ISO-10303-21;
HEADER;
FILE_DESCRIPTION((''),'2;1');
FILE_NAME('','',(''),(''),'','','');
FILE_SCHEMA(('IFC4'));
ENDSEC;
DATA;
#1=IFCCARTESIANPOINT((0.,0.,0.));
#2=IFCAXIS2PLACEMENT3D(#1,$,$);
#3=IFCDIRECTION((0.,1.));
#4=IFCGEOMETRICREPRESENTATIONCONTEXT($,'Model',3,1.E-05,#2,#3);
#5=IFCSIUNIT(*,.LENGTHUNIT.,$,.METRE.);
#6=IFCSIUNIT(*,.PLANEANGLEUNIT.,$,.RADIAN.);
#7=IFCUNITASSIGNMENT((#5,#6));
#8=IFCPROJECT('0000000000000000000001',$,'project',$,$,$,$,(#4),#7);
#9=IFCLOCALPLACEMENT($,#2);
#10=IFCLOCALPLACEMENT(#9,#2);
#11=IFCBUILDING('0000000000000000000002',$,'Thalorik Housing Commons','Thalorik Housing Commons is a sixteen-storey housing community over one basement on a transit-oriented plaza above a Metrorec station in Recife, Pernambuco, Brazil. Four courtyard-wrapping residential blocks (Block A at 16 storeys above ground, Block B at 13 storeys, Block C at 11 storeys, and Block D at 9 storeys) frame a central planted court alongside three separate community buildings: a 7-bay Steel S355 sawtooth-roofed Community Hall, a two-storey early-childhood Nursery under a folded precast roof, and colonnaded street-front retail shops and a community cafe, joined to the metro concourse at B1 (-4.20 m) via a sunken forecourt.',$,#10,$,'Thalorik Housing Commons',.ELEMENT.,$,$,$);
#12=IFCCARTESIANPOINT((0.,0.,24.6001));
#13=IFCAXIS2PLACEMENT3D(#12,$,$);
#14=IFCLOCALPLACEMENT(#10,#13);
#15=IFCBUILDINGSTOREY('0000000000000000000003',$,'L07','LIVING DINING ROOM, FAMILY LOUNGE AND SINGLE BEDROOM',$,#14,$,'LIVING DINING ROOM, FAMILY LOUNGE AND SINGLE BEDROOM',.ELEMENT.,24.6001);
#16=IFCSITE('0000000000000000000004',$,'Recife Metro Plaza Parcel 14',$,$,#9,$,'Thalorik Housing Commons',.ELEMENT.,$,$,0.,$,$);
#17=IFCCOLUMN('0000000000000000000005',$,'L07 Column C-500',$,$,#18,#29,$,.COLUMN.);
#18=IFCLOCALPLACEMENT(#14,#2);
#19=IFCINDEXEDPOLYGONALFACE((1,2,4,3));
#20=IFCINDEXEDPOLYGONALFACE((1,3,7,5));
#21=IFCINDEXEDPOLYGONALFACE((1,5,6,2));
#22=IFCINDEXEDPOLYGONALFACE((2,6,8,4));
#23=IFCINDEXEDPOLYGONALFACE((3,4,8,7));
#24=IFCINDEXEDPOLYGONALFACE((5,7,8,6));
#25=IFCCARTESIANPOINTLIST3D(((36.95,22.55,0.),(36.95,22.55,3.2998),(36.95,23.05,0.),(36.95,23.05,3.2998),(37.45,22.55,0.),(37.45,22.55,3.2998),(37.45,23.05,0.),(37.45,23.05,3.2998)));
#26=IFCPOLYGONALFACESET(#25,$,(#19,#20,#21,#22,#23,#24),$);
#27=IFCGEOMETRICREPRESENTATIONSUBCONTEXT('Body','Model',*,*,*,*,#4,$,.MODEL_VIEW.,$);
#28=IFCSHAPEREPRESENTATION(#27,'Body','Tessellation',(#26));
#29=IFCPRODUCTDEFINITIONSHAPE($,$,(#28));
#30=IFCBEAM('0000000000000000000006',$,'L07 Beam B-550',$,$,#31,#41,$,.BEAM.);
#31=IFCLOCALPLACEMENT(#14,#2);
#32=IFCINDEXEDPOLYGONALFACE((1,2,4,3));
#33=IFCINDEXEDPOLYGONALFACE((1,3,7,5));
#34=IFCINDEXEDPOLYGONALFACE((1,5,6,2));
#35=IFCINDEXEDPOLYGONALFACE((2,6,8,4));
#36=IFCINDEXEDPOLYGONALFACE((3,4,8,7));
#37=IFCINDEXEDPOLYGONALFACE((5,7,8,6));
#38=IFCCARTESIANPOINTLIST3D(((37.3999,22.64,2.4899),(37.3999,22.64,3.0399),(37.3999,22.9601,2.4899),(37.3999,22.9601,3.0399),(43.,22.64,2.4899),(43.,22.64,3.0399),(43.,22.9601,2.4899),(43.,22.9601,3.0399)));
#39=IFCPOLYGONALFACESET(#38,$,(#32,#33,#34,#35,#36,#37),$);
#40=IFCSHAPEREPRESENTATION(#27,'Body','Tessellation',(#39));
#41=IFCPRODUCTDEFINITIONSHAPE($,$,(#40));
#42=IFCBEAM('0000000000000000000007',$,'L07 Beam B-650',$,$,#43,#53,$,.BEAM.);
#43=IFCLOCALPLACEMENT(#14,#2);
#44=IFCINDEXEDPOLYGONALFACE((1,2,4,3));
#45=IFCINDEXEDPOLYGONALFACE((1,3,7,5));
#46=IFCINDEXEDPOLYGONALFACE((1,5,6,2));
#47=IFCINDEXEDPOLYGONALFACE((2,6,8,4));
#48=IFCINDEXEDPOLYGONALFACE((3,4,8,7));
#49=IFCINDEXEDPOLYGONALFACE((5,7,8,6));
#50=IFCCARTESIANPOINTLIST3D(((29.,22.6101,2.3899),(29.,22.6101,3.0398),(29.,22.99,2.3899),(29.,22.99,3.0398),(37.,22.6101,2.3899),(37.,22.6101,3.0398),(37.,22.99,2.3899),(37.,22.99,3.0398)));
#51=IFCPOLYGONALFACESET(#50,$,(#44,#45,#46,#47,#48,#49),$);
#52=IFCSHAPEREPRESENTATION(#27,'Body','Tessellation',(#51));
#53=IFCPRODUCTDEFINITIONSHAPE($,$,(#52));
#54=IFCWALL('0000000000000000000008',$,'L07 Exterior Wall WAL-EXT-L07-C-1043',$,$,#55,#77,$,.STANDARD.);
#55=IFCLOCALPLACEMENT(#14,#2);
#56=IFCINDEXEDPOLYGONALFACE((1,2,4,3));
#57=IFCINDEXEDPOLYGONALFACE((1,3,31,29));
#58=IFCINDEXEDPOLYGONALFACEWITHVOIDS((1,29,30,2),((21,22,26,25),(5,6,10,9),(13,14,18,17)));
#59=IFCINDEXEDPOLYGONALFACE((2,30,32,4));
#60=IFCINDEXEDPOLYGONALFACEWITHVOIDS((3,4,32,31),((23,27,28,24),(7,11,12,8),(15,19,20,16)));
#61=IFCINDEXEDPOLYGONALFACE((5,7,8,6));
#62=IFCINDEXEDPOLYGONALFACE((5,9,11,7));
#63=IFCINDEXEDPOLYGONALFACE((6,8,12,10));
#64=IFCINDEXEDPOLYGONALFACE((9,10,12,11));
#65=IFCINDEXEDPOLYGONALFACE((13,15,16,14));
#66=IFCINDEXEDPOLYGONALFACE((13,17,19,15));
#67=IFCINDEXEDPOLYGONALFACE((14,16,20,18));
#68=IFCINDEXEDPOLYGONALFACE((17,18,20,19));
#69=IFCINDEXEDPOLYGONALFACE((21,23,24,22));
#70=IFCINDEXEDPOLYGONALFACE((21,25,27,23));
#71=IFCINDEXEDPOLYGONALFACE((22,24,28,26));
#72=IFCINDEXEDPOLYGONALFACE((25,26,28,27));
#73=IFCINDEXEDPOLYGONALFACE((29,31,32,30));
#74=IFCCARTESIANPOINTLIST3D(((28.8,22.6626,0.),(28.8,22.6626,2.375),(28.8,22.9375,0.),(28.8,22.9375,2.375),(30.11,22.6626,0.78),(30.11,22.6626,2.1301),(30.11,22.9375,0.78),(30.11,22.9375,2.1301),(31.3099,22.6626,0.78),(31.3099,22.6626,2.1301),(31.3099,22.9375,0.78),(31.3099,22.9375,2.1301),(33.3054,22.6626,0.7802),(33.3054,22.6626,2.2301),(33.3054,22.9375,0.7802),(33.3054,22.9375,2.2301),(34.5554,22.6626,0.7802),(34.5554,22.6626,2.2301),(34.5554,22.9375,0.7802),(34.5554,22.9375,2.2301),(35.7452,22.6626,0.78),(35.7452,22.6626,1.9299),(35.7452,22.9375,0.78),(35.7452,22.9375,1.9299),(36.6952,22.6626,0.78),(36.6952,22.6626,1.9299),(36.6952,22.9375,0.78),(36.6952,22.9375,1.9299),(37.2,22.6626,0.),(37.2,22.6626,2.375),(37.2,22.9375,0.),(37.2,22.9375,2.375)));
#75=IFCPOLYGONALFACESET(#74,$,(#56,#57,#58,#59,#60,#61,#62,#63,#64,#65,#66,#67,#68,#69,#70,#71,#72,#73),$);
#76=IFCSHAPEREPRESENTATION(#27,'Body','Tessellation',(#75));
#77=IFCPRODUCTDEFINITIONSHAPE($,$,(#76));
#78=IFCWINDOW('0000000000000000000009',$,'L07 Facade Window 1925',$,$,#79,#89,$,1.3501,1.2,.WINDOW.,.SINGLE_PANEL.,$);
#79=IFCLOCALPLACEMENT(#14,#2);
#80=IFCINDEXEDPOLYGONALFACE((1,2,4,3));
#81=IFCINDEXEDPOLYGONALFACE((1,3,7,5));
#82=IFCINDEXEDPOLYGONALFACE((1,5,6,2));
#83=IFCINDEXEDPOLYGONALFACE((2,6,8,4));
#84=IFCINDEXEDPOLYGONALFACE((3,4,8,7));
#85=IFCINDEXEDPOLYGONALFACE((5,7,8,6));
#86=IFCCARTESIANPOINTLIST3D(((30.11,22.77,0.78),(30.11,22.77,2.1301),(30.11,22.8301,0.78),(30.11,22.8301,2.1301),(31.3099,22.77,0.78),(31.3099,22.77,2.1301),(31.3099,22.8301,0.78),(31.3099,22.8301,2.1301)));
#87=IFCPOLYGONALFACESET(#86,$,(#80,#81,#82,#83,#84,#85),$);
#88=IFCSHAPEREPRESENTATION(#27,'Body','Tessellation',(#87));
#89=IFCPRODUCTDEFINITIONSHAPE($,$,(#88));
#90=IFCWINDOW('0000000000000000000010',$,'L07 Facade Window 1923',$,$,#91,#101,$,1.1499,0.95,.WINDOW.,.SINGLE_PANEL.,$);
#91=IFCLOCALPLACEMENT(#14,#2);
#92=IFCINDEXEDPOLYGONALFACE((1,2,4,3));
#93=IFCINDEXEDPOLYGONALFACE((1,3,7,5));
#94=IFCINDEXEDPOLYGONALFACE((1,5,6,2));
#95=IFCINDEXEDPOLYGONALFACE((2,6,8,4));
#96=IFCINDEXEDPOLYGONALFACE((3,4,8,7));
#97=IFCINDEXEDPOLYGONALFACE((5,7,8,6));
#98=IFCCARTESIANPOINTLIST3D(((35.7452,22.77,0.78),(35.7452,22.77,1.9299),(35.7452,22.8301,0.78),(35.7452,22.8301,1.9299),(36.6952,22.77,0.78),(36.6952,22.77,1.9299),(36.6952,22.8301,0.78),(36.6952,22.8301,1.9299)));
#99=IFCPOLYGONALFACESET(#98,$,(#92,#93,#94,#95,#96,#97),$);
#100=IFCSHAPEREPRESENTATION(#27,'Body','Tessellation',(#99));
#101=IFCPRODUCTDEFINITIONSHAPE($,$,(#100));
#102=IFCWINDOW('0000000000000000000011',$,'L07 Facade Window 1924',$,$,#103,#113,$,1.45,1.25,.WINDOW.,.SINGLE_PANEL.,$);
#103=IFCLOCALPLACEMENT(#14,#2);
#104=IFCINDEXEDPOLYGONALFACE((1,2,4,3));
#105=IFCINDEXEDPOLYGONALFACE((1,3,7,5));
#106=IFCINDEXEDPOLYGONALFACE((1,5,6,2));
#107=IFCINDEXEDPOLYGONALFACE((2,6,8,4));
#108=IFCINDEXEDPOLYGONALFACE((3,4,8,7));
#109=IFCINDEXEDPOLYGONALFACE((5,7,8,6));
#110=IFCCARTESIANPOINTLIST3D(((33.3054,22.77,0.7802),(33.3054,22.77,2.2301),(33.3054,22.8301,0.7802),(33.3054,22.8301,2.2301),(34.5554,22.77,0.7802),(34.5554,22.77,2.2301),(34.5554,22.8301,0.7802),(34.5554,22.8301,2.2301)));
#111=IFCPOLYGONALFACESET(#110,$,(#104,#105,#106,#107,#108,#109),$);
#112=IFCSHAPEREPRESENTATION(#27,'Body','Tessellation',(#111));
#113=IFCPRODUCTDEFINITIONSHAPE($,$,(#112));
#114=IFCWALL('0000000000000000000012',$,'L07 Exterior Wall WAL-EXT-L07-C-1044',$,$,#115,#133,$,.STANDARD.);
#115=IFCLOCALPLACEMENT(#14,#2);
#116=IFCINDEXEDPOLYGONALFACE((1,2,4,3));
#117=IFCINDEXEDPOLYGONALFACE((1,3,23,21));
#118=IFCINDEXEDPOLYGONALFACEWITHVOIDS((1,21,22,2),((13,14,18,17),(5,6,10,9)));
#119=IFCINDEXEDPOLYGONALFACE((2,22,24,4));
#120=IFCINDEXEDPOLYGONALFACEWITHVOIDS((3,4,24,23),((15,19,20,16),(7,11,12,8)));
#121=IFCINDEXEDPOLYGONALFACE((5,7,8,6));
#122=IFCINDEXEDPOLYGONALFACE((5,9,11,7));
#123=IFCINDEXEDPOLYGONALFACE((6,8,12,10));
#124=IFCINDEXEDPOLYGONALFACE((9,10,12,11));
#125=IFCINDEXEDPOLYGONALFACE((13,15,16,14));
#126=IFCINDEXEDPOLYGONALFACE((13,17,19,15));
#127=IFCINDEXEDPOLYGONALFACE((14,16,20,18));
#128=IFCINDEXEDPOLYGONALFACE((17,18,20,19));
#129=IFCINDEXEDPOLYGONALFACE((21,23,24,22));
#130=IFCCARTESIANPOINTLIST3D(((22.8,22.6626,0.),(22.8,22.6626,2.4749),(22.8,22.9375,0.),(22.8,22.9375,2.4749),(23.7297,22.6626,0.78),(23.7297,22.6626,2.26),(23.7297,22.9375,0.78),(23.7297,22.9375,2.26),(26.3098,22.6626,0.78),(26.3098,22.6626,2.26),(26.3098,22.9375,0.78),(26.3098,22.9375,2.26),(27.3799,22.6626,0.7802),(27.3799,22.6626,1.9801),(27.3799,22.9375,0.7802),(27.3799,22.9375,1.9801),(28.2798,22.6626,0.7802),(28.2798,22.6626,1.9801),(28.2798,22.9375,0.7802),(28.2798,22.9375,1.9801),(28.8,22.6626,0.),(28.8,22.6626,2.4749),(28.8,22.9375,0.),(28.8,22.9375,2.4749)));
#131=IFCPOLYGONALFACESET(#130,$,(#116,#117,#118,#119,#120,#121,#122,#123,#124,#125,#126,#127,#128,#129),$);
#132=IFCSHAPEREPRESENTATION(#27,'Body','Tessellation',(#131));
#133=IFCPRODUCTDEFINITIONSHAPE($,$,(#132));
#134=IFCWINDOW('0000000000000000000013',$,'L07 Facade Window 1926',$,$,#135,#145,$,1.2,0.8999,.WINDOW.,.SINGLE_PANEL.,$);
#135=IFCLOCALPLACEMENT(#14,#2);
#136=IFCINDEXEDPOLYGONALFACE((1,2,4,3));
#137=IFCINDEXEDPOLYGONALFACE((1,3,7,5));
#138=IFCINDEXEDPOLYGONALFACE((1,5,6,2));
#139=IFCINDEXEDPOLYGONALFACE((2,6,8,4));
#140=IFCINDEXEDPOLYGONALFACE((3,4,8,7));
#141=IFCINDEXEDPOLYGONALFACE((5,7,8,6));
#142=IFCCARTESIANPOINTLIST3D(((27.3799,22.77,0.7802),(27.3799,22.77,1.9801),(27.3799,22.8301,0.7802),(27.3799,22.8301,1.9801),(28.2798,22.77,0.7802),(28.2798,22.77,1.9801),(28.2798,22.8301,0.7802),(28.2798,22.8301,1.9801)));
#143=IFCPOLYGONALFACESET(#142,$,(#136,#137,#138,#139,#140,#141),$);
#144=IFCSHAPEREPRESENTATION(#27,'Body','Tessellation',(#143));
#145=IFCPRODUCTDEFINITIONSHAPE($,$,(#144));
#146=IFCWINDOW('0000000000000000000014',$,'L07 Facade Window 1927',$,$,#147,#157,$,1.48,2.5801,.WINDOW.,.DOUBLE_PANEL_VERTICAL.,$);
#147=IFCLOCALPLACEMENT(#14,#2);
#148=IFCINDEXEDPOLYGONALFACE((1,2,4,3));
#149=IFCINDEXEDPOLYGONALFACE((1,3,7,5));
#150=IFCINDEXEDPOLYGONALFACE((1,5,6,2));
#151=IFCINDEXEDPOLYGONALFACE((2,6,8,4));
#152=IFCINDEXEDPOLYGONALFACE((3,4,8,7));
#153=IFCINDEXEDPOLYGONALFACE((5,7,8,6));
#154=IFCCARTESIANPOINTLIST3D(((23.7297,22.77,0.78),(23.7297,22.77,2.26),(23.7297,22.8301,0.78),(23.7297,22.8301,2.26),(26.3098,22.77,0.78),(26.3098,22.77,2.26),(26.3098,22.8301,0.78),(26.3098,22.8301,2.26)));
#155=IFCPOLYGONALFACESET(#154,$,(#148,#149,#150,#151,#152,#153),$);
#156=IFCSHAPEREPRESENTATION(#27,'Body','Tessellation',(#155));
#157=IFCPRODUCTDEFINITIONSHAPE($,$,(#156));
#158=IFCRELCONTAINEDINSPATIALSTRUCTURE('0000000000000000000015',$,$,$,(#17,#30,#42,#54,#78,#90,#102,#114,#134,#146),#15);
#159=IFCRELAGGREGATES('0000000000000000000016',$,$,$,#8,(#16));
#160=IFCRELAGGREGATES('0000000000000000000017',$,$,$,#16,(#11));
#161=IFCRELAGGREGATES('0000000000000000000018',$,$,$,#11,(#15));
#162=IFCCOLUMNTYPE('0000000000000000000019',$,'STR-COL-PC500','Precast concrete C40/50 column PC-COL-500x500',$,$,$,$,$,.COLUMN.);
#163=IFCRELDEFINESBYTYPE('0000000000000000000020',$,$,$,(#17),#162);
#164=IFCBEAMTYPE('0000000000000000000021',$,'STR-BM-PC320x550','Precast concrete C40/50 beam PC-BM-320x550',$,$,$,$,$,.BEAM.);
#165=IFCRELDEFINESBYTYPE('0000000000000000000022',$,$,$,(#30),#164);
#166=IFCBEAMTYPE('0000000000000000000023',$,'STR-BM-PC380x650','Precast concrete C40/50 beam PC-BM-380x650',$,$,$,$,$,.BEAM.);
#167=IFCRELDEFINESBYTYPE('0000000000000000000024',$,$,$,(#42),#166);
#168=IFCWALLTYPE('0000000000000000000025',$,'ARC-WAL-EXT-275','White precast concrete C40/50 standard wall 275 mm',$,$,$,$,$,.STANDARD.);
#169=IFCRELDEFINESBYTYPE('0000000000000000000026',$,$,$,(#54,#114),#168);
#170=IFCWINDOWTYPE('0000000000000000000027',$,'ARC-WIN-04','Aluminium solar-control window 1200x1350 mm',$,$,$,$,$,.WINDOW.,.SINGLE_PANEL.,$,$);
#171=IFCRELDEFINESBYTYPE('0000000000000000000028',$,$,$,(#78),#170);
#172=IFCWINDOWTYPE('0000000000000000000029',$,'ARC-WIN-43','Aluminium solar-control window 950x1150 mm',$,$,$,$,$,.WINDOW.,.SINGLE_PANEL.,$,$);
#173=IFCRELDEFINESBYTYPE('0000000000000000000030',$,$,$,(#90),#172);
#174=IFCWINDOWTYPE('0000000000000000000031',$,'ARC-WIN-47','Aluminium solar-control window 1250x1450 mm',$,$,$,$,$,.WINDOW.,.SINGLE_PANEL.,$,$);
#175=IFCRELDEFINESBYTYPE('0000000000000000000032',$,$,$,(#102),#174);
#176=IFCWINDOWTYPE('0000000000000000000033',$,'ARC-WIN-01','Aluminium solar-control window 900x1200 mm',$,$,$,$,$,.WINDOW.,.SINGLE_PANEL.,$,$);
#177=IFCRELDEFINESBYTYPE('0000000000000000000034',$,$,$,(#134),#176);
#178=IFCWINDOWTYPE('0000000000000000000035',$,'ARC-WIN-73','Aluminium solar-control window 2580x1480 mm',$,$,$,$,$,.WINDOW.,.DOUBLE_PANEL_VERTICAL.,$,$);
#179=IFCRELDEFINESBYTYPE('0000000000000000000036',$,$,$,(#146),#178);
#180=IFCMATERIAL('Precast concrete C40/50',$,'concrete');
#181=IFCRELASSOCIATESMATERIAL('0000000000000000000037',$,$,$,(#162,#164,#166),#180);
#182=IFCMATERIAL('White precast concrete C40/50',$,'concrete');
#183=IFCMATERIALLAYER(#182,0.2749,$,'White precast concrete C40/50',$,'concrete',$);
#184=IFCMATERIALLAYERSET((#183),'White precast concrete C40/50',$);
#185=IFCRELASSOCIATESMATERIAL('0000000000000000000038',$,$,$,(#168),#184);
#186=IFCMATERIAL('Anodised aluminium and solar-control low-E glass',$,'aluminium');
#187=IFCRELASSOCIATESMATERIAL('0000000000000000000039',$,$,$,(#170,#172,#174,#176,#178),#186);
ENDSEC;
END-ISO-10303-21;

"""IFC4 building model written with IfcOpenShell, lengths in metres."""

from ifc_helpers import new_model, si_unit, direction, frame, frame_2d, origin, origin_2d, place, context, subcontext, project, spatial, rectangle, extrude, material, layer, layer_set, material_profile, profile_set, type_object, element, fill, save


model = new_model("IFC4")

# Units and contexts
model_context = context("Model", 3, precision=1e-05, world=origin(), true_north=direction((0.0, 1.0)))
body_context = subcontext(model_context, "Body", "Model", "MODEL_VIEW")
ifc_project = project(units=[si_unit("LENGTHUNIT", "METRE"), si_unit("PLANEANGLEUNIT", "RADIAN")], contexts=[model_context])

# Site, building, storey
site_placement = place(None, origin())
site = spatial("IfcSite", under=ifc_project, at=site_placement, Name="Recife Metro Plaza Parcel 14", LongName="Thalorik Housing Commons", CompositionType="ELEMENT", RefElevation=0.0)
building_placement = place(site_placement, origin())
building = spatial("IfcBuilding", under=site, at=building_placement, Name="Thalorik Housing Commons", Description="Thalorik Housing Commons is a sixteen-storey housing community over one basement on a transit-oriented plaza above a Metrorec station in Recife, Pernambuco, Brazil. Four courtyard-wrapping residential blocks (Block A at 16 storeys above ground, Block B at 13 storeys, Block C at 11 storeys, and Block D at 9 storeys) frame a central planted court alongside three separate community buildings: a 7-bay Steel S355 sawtooth-roofed Community Hall, a two-storey early-childhood Nursery under a folded precast roof, and colonnaded street-front retail shops and a community cafe, joined to the metro concourse at B1 (-4.20 m) via a sunken forecourt.", LongName="Thalorik Housing Commons", CompositionType="ELEMENT")
storey_placement = place(building_placement, frame((0.0, 0.0, 24.6001)))
storey = spatial("IfcBuildingStorey", under=building, at=storey_placement, Name="L07", Description="LIVING DINING ROOM, FAMILY LOUNGE AND SINGLE BEDROOM", LongName="LIVING DINING ROOM, FAMILY LOUNGE AND SINGLE BEDROOM", CompositionType="ELEMENT", Elevation=24.6001)

# Column
ifc_material_1 = material(Name="Precast concrete C40/50", Category="concrete")
ifc_material_profile_1 = material_profile(ifc_material_1, rectangle(XDim=0.5, YDim=0.5, at=origin_2d()), Name="PC 500x500", Category="concrete")
ifc_profile_set_1 = profile_set([ifc_material_profile_1], Name="Precast concrete C40/50")
column_type = type_object("IfcColumnType", Name="STR-COL-PC500", Description="Precast concrete C40/50 column PC-COL-500x500", PredefinedType="COLUMN", material=ifc_profile_set_1)
column_placement = place(storey_placement, frame((37.2, 22.8, 0.0), z_axis=(0.0, 0.0, 1.0), x_axis=(1.0, 0.0, 0.0)))
element("IfcColumn", 1, at=column_placement, inside=storey, type_object=column_type, Name="L07 Column C-500", PredefinedType="COLUMN", context=body_context, shape_type="SweptSolid", body=[
    extrude(rectangle(XDim=0.5, YDim=0.5, at=origin_2d()), origin(), (0.0, 0.0, 1.0), 3.2998),
])

# Beams
ifc_material_profile_2 = material_profile(ifc_material_1, rectangle(XDim=0.3201, YDim=0.55, at=origin_2d()), Name="PC 320x550", Category="concrete")
ifc_profile_set_2 = profile_set([ifc_material_profile_2], Name="Precast concrete C40/50")
beam_type_1 = type_object("IfcBeamType", Name="STR-BM-PC320x550", Description="Precast concrete C40/50 beam PC-BM-320x550", PredefinedType="BEAM", material=ifc_profile_set_2)
beam_1_placement = place(storey_placement, frame((37.3999, 22.8, 2.7649), z_axis=(1.0, 0.0, 0.0), x_axis=(0.0, 1.0, 0.0)))
element("IfcBeam", 2, at=beam_1_placement, inside=storey, type_object=beam_type_1, Name="L07 Beam B-550", PredefinedType="BEAM", context=body_context, shape_type="SweptSolid", body=[
    extrude(rectangle(XDim=0.3201, YDim=0.55, at=origin_2d()), origin(), (0.0, 0.0, 1.0), 5.6001),
])
ifc_material_profile_3 = material_profile(ifc_material_1, rectangle(XDim=0.3799, YDim=0.6499, at=origin_2d()), Name="PC 380x650", Category="concrete")
ifc_profile_set_3 = profile_set([ifc_material_profile_3], Name="Precast concrete C40/50")
beam_type_2 = type_object("IfcBeamType", Name="STR-BM-PC380x650", Description="Precast concrete C40/50 beam PC-BM-380x650", PredefinedType="BEAM", material=ifc_profile_set_3)
beam_2_placement = place(storey_placement, frame((29.0, 22.8, 2.7148), z_axis=(1.0, 0.0, 0.0), x_axis=(0.0, 1.0, 0.0)))
element("IfcBeam", 3, at=beam_2_placement, inside=storey, type_object=beam_type_2, Name="L07 Beam B-650", PredefinedType="BEAM", context=body_context, shape_type="SweptSolid", body=[
    extrude(rectangle(XDim=0.3799, YDim=0.6499, at=origin_2d()), origin(), (0.0, 0.0, 1.0), 8.0),
])

# Walls, openings, windows
ifc_material_2 = material(Name="White precast concrete C40/50", Category="concrete")
ifc_layer_1 = layer(ifc_material_2, 0.2749, Name="White precast concrete C40/50", Category="concrete")
ifc_layer_set_1 = layer_set([ifc_layer_1], Name="White precast concrete C40/50")
wall_type = type_object("IfcWallType", Name="ARC-WAL-EXT-275", Description="White precast concrete C40/50 standard wall 275 mm", PredefinedType="STANDARD", material=ifc_layer_set_1)
wall_1_placement = place(storey_placement, frame((37.2, 22.8, 0.0), z_axis=(0.0, 0.0, 1.0), x_axis=(-1.0, 0.0, 0.0)))
wall_1 = element("IfcWall", 4, at=wall_1_placement, inside=storey, type_object=wall_type, Name="L07 Exterior Wall WAL-EXT-L07-C-1043", PredefinedType="STANDARD", context=body_context, shape_type="SweptSolid", body=[
    extrude(rectangle(XDim=8.3999, YDim=0.2749, at=frame_2d((4.2, 0.0))), origin(), (0.0, 0.0, 1.0), 2.375),
])
opening_1_placement = place(wall_1_placement, frame((0.5046, 0.0, 0.78)))
opening_1 = element("IfcOpeningElement", 5, at=opening_1_placement, cuts=wall_1, PredefinedType="OPENING", context=body_context, shape_type="SweptSolid", body=[
    extrude(rectangle(XDim=0.95, YDim=1.1499, at=frame_2d((0.4751, 0.575))), frame((0.0, 0.1475, 0.0), z_axis=(0.0, -1.0, 0.0), x_axis=(1.0, 0.0, 0.0)), (0.0, 0.0, 1.0), 0.2949),
])
opening_2_placement = place(wall_1_placement, frame((2.6445, 0.0, 0.78)))
opening_2 = element("IfcOpeningElement", 6, at=opening_2_placement, cuts=wall_1, PredefinedType="OPENING", context=body_context, shape_type="SweptSolid", body=[
    extrude(rectangle(XDim=1.25, YDim=1.45, at=frame_2d((0.625, 0.7251))), frame((0.0, 0.1475, 0.0), z_axis=(0.0, -1.0, 0.0), x_axis=(1.0, 0.0, 0.0)), (0.0, 0.0, 1.0), 0.2949),
])
opening_3_placement = place(wall_1_placement, frame((5.8899, 0.0, 0.78)))
opening_3 = element("IfcOpeningElement", 7, at=opening_3_placement, cuts=wall_1, PredefinedType="OPENING", context=body_context, shape_type="SweptSolid", body=[
    extrude(rectangle(XDim=1.2, YDim=1.3501, at=frame_2d((0.6001, 0.675))), frame((0.0, 0.1475, 0.0), z_axis=(0.0, -1.0, 0.0), x_axis=(1.0, 0.0, 0.0)), (0.0, 0.0, 1.0), 0.2949),
])
ifc_material_3 = material(Name="Anodised aluminium and solar-control low-E glass", Category="aluminium")
window_type_1 = type_object("IfcWindowType", Name="ARC-WIN-04", Description="Aluminium solar-control window 1200x1350 mm", PartitioningType="SINGLE_PANEL", PredefinedType="WINDOW", material=ifc_material_3)
window_1_placement = place(opening_3_placement, origin())
window_1 = element("IfcWindow", 8, at=window_1_placement, inside=storey, type_object=window_type_1, Name="L07 Facade Window 1925", OverallHeight=1.3501, OverallWidth=1.2, PartitioningType="SINGLE_PANEL", PredefinedType="WINDOW", context=body_context, shape_type="SweptSolid", body=[
    extrude(rectangle(XDim=1.2, YDim=1.3501, at=frame_2d((0.6001, 0.675))), frame((0.0, 0.03, 0.0), z_axis=(0.0, -1.0, 0.0), x_axis=(1.0, 0.0, 0.0)), (0.0, 0.0, 1.0), 0.0601),
])
fill(opening_3, window_1)
window_type_2 = type_object("IfcWindowType", Name="ARC-WIN-43", Description="Aluminium solar-control window 950x1150 mm", PartitioningType="SINGLE_PANEL", PredefinedType="WINDOW", material=ifc_material_3)
window_2_placement = place(opening_1_placement, origin())
window_2 = element("IfcWindow", 9, at=window_2_placement, inside=storey, type_object=window_type_2, Name="L07 Facade Window 1923", OverallHeight=1.1499, OverallWidth=0.95, PartitioningType="SINGLE_PANEL", PredefinedType="WINDOW", context=body_context, shape_type="SweptSolid", body=[
    extrude(rectangle(XDim=0.95, YDim=1.1499, at=frame_2d((0.4751, 0.575))), frame((0.0, 0.03, 0.0), z_axis=(0.0, -1.0, 0.0), x_axis=(1.0, 0.0, 0.0)), (0.0, 0.0, 1.0), 0.0601),
])
fill(opening_1, window_2)
window_type_3 = type_object("IfcWindowType", Name="ARC-WIN-47", Description="Aluminium solar-control window 1250x1450 mm", PartitioningType="SINGLE_PANEL", PredefinedType="WINDOW", material=ifc_material_3)
window_3_placement = place(opening_2_placement, origin())
window_3 = element("IfcWindow", 10, at=window_3_placement, inside=storey, type_object=window_type_3, Name="L07 Facade Window 1924", OverallHeight=1.45, OverallWidth=1.25, PartitioningType="SINGLE_PANEL", PredefinedType="WINDOW", context=body_context, shape_type="SweptSolid", body=[
    extrude(rectangle(XDim=1.25, YDim=1.45, at=frame_2d((0.625, 0.7251))), frame((0.0, 0.03, 0.0), z_axis=(0.0, -1.0, 0.0), x_axis=(1.0, 0.0, 0.0)), (0.0, 0.0, 1.0), 0.0601),
])
fill(opening_2, window_3)
wall_2_placement = place(storey_placement, frame((28.8, 22.8, 0.0), z_axis=(0.0, 0.0, 1.0), x_axis=(-1.0, 0.0, 0.0)))
wall_2 = element("IfcWall", 11, at=wall_2_placement, inside=storey, type_object=wall_type, Name="L07 Exterior Wall WAL-EXT-L07-C-1044", PredefinedType="STANDARD", context=body_context, shape_type="SweptSolid", body=[
    extrude(rectangle(XDim=6.0, YDim=0.2749, at=frame_2d((3.0, 0.0))), origin(), (0.0, 0.0, 1.0), 2.4749),
])
opening_4_placement = place(wall_2_placement, frame((0.5203, 0.0, 0.78)))
opening_4 = element("IfcOpeningElement", 12, at=opening_4_placement, cuts=wall_2, PredefinedType="OPENING", context=body_context, shape_type="SweptSolid", body=[
    extrude(rectangle(XDim=0.8999, YDim=1.2, at=frame_2d((0.45, 0.6001))), frame((0.0, 0.1475, 0.0), z_axis=(0.0, -1.0, 0.0), x_axis=(1.0, 0.0, 0.0)), (0.0, 0.0, 1.0), 0.2949),
])
opening_5_placement = place(wall_2_placement, frame((2.4902, 0.0, 0.78)))
opening_5 = element("IfcOpeningElement", 13, at=opening_5_placement, cuts=wall_2, PredefinedType="OPENING", context=body_context, shape_type="SweptSolid", body=[
    extrude(rectangle(XDim=2.5801, YDim=1.48, at=frame_2d((1.29, 0.74))), frame((0.0, 0.1475, 0.0), z_axis=(0.0, -1.0, 0.0), x_axis=(1.0, 0.0, 0.0)), (0.0, 0.0, 1.0), 0.2949),
])
window_type_4 = type_object("IfcWindowType", Name="ARC-WIN-01", Description="Aluminium solar-control window 900x1200 mm", PartitioningType="SINGLE_PANEL", PredefinedType="WINDOW", material=ifc_material_3)
window_4_placement = place(opening_4_placement, origin())
window_4 = element("IfcWindow", 14, at=window_4_placement, inside=storey, type_object=window_type_4, Name="L07 Facade Window 1926", OverallHeight=1.2, OverallWidth=0.8999, PartitioningType="SINGLE_PANEL", PredefinedType="WINDOW", context=body_context, shape_type="SweptSolid", body=[
    extrude(rectangle(XDim=0.8999, YDim=1.2, at=frame_2d((0.45, 0.6001))), frame((0.0, 0.03, 0.0), z_axis=(0.0, -1.0, 0.0), x_axis=(1.0, 0.0, 0.0)), (0.0, 0.0, 1.0), 0.0601),
])
fill(opening_4, window_4)
window_type_5 = type_object("IfcWindowType", Name="ARC-WIN-73", Description="Aluminium solar-control window 2580x1480 mm", PartitioningType="DOUBLE_PANEL_VERTICAL", PredefinedType="WINDOW", material=ifc_material_3)
window_5_placement = place(opening_5_placement, origin())
window_5 = element("IfcWindow", 15, at=window_5_placement, inside=storey, type_object=window_type_5, Name="L07 Facade Window 1927", OverallHeight=1.48, OverallWidth=2.5801, PartitioningType="DOUBLE_PANEL_VERTICAL", PredefinedType="WINDOW", context=body_context, shape_type="SweptSolid", body=[
    extrude(rectangle(XDim=2.5801, YDim=1.48, at=frame_2d((1.29, 0.74))), frame((0.0, 0.03, 0.0), z_axis=(0.0, -1.0, 0.0), x_axis=(1.0, 0.0, 0.0)), (0.0, 0.0, 1.0), 0.0601),
])
fill(opening_5, window_5)

save(model, "model.ifc")
